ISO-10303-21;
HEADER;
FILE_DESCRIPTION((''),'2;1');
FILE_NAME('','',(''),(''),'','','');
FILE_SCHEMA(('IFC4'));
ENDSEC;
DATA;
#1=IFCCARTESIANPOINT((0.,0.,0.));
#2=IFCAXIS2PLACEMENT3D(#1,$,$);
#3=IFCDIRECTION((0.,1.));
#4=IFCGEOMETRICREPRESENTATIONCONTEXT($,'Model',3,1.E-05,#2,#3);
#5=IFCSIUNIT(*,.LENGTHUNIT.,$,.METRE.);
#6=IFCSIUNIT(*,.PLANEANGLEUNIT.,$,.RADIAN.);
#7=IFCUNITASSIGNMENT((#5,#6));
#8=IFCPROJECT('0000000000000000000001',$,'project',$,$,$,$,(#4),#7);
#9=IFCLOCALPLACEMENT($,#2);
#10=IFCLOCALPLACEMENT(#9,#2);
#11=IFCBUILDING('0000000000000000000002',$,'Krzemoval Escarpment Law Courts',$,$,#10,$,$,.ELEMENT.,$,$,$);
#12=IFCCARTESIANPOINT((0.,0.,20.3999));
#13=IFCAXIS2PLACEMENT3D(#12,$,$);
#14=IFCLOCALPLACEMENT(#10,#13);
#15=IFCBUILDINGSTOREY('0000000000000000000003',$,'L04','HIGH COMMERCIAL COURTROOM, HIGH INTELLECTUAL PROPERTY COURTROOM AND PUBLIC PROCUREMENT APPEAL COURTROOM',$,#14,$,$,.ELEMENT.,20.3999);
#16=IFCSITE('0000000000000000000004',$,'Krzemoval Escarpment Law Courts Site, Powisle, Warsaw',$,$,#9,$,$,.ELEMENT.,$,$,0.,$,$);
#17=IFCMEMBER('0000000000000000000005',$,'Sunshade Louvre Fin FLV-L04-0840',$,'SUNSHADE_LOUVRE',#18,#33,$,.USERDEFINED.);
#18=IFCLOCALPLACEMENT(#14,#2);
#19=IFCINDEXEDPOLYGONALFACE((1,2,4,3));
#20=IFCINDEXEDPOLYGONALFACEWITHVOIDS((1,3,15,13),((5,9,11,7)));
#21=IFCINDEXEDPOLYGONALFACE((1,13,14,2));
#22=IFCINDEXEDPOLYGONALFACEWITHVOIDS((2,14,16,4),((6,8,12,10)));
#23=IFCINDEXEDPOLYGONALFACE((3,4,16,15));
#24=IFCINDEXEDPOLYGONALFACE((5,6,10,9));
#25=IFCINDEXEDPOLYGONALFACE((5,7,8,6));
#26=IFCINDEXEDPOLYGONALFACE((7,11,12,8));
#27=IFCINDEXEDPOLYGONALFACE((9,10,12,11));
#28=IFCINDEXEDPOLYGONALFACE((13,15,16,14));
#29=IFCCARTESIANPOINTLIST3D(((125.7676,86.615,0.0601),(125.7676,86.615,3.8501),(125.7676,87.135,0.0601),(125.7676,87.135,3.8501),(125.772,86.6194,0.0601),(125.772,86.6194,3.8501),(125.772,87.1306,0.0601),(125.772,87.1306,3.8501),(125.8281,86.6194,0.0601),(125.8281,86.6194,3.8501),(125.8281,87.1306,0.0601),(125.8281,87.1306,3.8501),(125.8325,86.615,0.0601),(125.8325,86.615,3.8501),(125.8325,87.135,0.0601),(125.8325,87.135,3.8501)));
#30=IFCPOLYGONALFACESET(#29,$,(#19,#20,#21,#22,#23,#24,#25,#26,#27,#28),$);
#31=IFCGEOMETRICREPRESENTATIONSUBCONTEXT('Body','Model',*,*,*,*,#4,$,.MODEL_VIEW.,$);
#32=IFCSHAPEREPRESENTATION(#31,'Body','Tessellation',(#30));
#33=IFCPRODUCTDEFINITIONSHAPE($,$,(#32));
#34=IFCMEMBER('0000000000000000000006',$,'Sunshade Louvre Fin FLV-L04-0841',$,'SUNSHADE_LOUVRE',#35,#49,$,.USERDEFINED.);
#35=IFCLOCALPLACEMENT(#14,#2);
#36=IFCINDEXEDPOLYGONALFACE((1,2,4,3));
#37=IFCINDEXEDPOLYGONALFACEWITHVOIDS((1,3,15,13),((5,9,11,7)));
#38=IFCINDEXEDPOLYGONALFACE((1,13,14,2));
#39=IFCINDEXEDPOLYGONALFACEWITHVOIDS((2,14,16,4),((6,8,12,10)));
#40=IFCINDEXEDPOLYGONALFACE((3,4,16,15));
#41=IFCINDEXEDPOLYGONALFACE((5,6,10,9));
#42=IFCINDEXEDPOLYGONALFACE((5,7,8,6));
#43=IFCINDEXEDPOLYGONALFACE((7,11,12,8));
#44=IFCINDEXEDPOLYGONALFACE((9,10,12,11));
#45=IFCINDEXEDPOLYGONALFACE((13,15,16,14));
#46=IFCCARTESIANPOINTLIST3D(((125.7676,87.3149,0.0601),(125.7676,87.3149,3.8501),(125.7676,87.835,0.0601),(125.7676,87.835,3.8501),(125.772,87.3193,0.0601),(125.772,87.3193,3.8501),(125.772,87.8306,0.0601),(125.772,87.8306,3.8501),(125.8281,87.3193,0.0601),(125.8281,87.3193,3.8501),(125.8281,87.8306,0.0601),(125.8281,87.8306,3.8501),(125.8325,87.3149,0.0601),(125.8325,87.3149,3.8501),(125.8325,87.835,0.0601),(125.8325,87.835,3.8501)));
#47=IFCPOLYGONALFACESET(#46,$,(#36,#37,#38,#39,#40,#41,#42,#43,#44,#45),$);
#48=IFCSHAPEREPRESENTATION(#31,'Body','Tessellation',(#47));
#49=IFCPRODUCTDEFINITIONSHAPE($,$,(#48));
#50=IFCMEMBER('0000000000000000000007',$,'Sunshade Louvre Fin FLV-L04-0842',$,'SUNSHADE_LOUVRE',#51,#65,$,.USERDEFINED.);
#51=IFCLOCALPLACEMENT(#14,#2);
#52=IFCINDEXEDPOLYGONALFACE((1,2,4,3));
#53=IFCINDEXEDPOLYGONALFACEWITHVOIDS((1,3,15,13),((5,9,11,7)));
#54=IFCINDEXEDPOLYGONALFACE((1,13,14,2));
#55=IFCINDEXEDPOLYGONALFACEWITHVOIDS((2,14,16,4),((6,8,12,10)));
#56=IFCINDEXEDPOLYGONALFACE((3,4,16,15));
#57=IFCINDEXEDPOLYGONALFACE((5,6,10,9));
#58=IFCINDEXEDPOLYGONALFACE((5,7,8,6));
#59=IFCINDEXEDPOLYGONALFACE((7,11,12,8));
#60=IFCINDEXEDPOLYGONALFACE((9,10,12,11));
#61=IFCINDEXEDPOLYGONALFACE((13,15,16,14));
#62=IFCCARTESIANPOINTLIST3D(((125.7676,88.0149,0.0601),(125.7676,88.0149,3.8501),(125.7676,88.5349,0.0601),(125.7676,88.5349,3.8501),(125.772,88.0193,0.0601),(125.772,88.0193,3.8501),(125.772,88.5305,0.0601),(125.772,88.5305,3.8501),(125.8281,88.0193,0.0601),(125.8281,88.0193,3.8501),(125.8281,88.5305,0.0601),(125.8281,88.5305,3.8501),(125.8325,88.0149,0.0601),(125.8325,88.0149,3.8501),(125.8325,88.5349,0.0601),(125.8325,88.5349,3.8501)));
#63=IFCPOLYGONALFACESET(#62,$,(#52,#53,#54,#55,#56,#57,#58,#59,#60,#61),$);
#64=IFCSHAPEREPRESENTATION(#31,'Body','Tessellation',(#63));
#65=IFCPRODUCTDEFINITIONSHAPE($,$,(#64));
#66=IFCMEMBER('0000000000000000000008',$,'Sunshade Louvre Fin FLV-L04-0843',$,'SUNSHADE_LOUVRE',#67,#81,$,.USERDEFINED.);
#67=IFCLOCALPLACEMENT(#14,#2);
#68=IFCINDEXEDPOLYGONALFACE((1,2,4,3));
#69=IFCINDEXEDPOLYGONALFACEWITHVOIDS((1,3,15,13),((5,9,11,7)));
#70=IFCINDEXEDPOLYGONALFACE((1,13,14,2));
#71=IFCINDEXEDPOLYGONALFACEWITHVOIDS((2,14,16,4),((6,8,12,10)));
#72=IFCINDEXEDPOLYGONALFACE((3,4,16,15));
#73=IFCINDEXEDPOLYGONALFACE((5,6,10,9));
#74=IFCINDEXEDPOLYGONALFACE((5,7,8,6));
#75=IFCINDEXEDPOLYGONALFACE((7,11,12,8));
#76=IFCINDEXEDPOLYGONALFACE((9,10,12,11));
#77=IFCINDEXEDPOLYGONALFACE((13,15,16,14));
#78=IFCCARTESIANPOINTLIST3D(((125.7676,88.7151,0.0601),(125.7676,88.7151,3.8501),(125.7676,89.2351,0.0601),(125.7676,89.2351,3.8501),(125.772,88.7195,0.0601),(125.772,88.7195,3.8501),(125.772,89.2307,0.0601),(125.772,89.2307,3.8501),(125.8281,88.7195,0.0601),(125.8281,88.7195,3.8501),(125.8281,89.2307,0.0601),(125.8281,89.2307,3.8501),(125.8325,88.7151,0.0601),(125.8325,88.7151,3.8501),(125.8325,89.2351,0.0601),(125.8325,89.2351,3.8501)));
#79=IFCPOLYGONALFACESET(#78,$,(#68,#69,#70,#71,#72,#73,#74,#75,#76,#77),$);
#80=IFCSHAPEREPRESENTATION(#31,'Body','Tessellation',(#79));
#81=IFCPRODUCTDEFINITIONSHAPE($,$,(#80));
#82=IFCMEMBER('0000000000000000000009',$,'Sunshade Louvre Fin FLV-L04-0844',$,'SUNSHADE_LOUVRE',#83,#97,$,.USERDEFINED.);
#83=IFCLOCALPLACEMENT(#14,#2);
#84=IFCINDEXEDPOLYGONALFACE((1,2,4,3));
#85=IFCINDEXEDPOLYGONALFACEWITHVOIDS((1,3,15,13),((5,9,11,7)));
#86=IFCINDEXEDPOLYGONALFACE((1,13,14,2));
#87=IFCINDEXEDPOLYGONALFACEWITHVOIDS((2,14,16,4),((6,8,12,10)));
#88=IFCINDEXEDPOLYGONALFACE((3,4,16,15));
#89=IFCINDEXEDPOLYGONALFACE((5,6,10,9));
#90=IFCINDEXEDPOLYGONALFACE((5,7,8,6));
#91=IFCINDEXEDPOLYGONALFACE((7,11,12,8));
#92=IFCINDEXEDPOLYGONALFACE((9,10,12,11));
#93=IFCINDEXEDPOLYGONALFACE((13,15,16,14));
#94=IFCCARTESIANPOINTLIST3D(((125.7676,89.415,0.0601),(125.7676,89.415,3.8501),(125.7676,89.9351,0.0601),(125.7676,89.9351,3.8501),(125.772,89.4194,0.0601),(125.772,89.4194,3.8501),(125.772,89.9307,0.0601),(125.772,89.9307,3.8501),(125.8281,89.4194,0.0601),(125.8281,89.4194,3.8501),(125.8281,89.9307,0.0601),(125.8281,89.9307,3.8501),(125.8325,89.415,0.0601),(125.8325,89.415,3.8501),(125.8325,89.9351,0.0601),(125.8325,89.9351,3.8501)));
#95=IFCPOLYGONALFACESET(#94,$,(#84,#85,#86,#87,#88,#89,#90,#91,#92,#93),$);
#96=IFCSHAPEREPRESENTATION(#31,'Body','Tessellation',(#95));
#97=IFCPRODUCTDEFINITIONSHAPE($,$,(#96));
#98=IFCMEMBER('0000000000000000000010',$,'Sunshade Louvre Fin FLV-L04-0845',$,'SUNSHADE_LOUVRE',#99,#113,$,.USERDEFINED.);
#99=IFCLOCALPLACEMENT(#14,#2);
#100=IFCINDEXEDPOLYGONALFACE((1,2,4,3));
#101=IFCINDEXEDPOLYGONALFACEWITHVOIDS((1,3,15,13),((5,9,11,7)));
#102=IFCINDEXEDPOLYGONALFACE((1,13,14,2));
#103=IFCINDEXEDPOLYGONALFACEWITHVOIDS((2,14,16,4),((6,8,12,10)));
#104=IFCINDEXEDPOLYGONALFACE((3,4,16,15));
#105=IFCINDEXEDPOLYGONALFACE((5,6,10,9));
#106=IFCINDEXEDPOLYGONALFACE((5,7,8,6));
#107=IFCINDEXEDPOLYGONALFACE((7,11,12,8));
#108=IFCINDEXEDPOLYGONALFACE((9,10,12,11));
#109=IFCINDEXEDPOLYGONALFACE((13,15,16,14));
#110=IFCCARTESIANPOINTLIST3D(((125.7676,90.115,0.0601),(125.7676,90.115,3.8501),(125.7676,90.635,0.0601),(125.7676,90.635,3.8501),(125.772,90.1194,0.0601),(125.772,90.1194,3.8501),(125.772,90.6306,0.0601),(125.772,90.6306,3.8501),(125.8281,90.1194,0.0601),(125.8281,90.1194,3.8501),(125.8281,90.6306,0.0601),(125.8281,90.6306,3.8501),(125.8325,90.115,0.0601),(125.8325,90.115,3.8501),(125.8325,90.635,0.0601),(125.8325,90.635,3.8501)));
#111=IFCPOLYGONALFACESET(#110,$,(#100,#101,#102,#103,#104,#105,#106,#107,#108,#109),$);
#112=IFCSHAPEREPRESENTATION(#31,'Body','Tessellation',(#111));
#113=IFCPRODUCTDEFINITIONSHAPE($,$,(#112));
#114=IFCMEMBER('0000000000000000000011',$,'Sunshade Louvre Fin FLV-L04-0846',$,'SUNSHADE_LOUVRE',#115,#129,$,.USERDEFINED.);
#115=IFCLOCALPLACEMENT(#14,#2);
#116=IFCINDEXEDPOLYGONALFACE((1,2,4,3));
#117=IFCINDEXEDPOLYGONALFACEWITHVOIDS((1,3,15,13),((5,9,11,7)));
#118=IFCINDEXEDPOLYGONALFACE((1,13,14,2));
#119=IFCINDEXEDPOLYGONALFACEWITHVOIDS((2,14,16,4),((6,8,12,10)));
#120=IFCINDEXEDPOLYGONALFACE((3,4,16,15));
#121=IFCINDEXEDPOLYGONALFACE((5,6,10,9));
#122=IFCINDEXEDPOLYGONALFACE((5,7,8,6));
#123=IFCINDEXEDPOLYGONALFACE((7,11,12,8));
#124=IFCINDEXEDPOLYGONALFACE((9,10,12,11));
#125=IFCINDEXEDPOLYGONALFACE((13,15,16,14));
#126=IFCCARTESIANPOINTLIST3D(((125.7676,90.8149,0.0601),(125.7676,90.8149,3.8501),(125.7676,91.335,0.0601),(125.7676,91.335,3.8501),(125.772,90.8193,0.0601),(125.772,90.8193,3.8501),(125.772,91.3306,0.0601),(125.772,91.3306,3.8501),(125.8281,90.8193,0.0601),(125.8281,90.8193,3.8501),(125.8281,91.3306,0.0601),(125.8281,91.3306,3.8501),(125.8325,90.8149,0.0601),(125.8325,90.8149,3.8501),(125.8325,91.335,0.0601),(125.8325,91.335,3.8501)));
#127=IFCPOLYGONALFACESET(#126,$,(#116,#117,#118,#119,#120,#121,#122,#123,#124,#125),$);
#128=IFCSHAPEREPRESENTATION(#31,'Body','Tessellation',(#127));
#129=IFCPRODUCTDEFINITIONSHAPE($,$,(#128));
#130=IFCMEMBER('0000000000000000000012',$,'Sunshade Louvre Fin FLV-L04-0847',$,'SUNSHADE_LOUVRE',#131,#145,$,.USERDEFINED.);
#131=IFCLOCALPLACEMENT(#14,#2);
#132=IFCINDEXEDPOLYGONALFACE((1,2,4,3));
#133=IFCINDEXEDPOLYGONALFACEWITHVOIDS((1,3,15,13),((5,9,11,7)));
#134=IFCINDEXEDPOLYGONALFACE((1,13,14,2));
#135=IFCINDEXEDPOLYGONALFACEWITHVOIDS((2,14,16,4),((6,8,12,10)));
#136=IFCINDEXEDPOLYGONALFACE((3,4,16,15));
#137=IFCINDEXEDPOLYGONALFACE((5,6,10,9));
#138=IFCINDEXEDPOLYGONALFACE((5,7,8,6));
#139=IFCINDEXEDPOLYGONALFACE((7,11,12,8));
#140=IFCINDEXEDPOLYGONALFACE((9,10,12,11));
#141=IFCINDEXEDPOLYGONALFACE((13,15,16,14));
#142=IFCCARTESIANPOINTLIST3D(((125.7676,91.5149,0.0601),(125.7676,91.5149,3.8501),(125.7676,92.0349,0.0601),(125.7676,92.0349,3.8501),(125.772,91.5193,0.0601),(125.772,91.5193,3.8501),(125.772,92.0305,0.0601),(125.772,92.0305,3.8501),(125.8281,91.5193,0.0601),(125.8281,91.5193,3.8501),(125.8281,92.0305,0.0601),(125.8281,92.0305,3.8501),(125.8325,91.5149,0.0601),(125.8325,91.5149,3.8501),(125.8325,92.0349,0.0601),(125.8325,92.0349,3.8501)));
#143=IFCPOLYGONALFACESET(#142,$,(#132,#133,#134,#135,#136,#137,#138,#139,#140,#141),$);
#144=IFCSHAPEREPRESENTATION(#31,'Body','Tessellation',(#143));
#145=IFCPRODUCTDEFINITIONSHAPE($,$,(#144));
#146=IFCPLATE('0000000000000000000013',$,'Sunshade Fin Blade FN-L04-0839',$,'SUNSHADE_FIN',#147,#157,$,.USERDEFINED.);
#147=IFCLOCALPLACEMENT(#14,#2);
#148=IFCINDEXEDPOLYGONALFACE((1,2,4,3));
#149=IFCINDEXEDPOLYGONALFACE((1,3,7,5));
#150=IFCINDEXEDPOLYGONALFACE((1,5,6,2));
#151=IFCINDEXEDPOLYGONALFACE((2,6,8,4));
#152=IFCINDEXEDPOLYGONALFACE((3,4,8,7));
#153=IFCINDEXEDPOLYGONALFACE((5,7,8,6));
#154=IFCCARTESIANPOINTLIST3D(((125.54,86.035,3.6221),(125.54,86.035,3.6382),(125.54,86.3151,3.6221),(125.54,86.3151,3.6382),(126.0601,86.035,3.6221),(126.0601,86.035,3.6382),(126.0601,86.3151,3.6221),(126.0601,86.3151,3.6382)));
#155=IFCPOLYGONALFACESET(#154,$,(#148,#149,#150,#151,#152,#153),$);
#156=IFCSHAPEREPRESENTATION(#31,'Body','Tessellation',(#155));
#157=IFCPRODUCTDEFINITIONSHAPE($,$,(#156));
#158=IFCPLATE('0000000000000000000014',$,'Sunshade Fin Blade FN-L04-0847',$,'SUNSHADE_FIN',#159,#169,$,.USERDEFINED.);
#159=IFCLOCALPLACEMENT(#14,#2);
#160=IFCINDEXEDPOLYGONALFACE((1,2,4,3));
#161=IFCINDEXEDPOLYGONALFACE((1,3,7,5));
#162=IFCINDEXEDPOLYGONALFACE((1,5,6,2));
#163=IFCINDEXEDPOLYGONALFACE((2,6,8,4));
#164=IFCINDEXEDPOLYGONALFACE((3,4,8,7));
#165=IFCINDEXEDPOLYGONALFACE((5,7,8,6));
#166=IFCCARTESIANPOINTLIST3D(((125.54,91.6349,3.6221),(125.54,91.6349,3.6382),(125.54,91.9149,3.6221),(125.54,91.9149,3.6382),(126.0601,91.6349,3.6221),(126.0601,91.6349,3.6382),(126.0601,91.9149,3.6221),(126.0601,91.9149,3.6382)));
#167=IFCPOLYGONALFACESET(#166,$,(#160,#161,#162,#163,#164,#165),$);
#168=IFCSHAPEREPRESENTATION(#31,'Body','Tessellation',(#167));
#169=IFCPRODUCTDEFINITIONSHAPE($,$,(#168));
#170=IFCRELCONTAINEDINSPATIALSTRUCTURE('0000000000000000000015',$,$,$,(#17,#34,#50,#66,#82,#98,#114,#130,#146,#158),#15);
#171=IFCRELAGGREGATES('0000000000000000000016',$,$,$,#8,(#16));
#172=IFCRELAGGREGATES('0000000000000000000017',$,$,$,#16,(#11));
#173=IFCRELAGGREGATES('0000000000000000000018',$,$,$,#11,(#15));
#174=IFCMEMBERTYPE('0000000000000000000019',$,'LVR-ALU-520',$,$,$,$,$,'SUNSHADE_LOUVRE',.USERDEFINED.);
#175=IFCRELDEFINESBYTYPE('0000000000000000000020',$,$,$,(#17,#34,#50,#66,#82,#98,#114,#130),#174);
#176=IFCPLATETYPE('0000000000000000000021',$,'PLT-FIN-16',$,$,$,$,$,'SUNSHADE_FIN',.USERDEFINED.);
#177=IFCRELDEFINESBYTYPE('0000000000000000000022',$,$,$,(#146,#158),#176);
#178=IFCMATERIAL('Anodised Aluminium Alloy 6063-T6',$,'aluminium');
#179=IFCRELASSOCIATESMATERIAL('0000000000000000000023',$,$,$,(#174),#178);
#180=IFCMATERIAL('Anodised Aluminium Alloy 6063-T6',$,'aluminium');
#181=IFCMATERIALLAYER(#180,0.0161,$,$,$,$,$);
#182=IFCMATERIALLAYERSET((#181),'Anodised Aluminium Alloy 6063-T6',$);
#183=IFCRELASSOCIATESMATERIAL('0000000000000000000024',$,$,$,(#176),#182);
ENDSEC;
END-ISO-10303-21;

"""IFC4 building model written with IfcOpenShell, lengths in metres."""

from ifc_helpers import new_model, si_unit, direction, frame, origin, origin_2d, place, context, subcontext, project, spatial, rectangle, hollow_rectangle, extrude, material, layer, layer_set, material_profile, profile_set, type_object, element, save


model = new_model("IFC4")

# Units and contexts
model_context = context("Model", 3, precision=1e-05, world=origin(), true_north=direction((0.0, 1.0)))
body_context = subcontext(model_context, "Body", "Model", "MODEL_VIEW")
ifc_project = project(units=[si_unit("LENGTHUNIT", "METRE"), si_unit("PLANEANGLEUNIT", "RADIAN")], contexts=[model_context])

# Site, building, storey
site_placement = place(None, origin())
site = spatial("IfcSite", under=ifc_project, at=site_placement, Name="Krzemoval Escarpment Law Courts Site, Powisle, Warsaw", CompositionType="ELEMENT", RefElevation=0.0)
building_placement = place(site_placement, origin())
building = spatial("IfcBuilding", under=site, at=building_placement, Name="Krzemoval Escarpment Law Courts", CompositionType="ELEMENT")
storey_placement = place(building_placement, frame((0.0, 0.0, 20.3999)))
storey = spatial("IfcBuildingStorey", under=building, at=storey_placement, Name="L04", Description="HIGH COMMERCIAL COURTROOM, HIGH INTELLECTUAL PROPERTY COURTROOM AND PUBLIC PROCUREMENT APPEAL COURTROOM", CompositionType="ELEMENT", Elevation=20.3999)

# Members
ifc_material_1 = material(Name="Anodised Aluminium Alloy 6063-T6", Category="aluminium")
ifc_material_profile_1 = material_profile(ifc_material_1, hollow_rectangle(XDim=0.0649, YDim=0.52, WallThickness=0.0044, at=origin_2d()), Name="ALU LVR 65x520")
ifc_profile_set_1 = profile_set([ifc_material_profile_1], Name="Anodised Aluminium Alloy 6063-T6")
member_type_1 = type_object("IfcMemberType", Name="LVR-ALU-520", ElementType="SUNSHADE_LOUVRE", PredefinedType="USERDEFINED", material=ifc_profile_set_1)
for number, where, z_axis, x_axis, name in (
    (1, (125.8, 86.875, 0.0601), (0.0, 0.0, 1.0), (1.0, 0.0, 0.0), "Sunshade Louvre Fin FLV-L04-0840"),
    (2, (125.8, 87.575, 0.0601), (0.0, 0.0, 1.0), (1.0, 0.0, 0.0), "Sunshade Louvre Fin FLV-L04-0841"),
    (3, (125.8, 88.2749, 0.0601), (0.0, 0.0, 1.0), (1.0, 0.0, 0.0), "Sunshade Louvre Fin FLV-L04-0842"),
    (4, (125.8, 88.9751, 0.0601), (0.0, 0.0, 1.0), (1.0, 0.0, 0.0), "Sunshade Louvre Fin FLV-L04-0843"),
    (5, (125.8, 89.675, 0.0601), (0.0, 0.0, 1.0), (1.0, 0.0, 0.0), "Sunshade Louvre Fin FLV-L04-0844"),
    (6, (125.8, 90.375, 0.0601), (0.0, 0.0, 1.0), (1.0, 0.0, 0.0), "Sunshade Louvre Fin FLV-L04-0845"),
    (7, (125.8, 91.075, 0.0601), (0.0, 0.0, 1.0), (1.0, 0.0, 0.0), "Sunshade Louvre Fin FLV-L04-0846"),
    (8, (125.8, 91.7749, 0.0601), (0.0, 0.0, 1.0), (1.0, 0.0, 0.0), "Sunshade Louvre Fin FLV-L04-0847"),
):
    element("IfcMember", number, at=place(storey_placement, frame(where, z_axis=z_axis, x_axis=x_axis)), inside=storey, type_object=member_type_1, Name=name, ObjectType="SUNSHADE_LOUVRE", PredefinedType="USERDEFINED", context=body_context, shape_type="SweptSolid", body=[
        extrude(hollow_rectangle(XDim=0.0649, YDim=0.52, WallThickness=0.0044, at=origin_2d()), origin(), (0.0, 0.0, 1.0), 3.79),
    ])

# Plates
ifc_material_2 = material(Name="Anodised Aluminium Alloy 6063-T6", Category="aluminium")
ifc_layer = layer(ifc_material_2, 0.0161)
ifc_layer_set = layer_set([ifc_layer], Name="Anodised Aluminium Alloy 6063-T6")
plate_type = type_object("IfcPlateType", Name="PLT-FIN-16", ElementType="SUNSHADE_FIN", PredefinedType="USERDEFINED", material=ifc_layer_set)
for number, where, z_axis, x_axis, name in (
    (9, (125.8, 86.175, 3.6221), (0.0, 0.0, 1.0), (-1.0, 0.0, 0.0), "Sunshade Fin Blade FN-L04-0839"),
    (10, (125.8, 91.7749, 3.6221), (0.0, 0.0, 1.0), (-1.0, 0.0, 0.0), "Sunshade Fin Blade FN-L04-0847"),
):
    element("IfcPlate", number, at=place(storey_placement, frame(where, z_axis=z_axis, x_axis=x_axis)), inside=storey, type_object=plate_type, Name=name, ObjectType="SUNSHADE_FIN", PredefinedType="USERDEFINED", context=body_context, shape_type="SweptSolid", body=[
        extrude(rectangle(XDim=0.52, YDim=0.28, at=origin_2d()), origin(), (0.0, 0.0, 1.0), 0.0161),
    ])

save(model, "model.ifc")
